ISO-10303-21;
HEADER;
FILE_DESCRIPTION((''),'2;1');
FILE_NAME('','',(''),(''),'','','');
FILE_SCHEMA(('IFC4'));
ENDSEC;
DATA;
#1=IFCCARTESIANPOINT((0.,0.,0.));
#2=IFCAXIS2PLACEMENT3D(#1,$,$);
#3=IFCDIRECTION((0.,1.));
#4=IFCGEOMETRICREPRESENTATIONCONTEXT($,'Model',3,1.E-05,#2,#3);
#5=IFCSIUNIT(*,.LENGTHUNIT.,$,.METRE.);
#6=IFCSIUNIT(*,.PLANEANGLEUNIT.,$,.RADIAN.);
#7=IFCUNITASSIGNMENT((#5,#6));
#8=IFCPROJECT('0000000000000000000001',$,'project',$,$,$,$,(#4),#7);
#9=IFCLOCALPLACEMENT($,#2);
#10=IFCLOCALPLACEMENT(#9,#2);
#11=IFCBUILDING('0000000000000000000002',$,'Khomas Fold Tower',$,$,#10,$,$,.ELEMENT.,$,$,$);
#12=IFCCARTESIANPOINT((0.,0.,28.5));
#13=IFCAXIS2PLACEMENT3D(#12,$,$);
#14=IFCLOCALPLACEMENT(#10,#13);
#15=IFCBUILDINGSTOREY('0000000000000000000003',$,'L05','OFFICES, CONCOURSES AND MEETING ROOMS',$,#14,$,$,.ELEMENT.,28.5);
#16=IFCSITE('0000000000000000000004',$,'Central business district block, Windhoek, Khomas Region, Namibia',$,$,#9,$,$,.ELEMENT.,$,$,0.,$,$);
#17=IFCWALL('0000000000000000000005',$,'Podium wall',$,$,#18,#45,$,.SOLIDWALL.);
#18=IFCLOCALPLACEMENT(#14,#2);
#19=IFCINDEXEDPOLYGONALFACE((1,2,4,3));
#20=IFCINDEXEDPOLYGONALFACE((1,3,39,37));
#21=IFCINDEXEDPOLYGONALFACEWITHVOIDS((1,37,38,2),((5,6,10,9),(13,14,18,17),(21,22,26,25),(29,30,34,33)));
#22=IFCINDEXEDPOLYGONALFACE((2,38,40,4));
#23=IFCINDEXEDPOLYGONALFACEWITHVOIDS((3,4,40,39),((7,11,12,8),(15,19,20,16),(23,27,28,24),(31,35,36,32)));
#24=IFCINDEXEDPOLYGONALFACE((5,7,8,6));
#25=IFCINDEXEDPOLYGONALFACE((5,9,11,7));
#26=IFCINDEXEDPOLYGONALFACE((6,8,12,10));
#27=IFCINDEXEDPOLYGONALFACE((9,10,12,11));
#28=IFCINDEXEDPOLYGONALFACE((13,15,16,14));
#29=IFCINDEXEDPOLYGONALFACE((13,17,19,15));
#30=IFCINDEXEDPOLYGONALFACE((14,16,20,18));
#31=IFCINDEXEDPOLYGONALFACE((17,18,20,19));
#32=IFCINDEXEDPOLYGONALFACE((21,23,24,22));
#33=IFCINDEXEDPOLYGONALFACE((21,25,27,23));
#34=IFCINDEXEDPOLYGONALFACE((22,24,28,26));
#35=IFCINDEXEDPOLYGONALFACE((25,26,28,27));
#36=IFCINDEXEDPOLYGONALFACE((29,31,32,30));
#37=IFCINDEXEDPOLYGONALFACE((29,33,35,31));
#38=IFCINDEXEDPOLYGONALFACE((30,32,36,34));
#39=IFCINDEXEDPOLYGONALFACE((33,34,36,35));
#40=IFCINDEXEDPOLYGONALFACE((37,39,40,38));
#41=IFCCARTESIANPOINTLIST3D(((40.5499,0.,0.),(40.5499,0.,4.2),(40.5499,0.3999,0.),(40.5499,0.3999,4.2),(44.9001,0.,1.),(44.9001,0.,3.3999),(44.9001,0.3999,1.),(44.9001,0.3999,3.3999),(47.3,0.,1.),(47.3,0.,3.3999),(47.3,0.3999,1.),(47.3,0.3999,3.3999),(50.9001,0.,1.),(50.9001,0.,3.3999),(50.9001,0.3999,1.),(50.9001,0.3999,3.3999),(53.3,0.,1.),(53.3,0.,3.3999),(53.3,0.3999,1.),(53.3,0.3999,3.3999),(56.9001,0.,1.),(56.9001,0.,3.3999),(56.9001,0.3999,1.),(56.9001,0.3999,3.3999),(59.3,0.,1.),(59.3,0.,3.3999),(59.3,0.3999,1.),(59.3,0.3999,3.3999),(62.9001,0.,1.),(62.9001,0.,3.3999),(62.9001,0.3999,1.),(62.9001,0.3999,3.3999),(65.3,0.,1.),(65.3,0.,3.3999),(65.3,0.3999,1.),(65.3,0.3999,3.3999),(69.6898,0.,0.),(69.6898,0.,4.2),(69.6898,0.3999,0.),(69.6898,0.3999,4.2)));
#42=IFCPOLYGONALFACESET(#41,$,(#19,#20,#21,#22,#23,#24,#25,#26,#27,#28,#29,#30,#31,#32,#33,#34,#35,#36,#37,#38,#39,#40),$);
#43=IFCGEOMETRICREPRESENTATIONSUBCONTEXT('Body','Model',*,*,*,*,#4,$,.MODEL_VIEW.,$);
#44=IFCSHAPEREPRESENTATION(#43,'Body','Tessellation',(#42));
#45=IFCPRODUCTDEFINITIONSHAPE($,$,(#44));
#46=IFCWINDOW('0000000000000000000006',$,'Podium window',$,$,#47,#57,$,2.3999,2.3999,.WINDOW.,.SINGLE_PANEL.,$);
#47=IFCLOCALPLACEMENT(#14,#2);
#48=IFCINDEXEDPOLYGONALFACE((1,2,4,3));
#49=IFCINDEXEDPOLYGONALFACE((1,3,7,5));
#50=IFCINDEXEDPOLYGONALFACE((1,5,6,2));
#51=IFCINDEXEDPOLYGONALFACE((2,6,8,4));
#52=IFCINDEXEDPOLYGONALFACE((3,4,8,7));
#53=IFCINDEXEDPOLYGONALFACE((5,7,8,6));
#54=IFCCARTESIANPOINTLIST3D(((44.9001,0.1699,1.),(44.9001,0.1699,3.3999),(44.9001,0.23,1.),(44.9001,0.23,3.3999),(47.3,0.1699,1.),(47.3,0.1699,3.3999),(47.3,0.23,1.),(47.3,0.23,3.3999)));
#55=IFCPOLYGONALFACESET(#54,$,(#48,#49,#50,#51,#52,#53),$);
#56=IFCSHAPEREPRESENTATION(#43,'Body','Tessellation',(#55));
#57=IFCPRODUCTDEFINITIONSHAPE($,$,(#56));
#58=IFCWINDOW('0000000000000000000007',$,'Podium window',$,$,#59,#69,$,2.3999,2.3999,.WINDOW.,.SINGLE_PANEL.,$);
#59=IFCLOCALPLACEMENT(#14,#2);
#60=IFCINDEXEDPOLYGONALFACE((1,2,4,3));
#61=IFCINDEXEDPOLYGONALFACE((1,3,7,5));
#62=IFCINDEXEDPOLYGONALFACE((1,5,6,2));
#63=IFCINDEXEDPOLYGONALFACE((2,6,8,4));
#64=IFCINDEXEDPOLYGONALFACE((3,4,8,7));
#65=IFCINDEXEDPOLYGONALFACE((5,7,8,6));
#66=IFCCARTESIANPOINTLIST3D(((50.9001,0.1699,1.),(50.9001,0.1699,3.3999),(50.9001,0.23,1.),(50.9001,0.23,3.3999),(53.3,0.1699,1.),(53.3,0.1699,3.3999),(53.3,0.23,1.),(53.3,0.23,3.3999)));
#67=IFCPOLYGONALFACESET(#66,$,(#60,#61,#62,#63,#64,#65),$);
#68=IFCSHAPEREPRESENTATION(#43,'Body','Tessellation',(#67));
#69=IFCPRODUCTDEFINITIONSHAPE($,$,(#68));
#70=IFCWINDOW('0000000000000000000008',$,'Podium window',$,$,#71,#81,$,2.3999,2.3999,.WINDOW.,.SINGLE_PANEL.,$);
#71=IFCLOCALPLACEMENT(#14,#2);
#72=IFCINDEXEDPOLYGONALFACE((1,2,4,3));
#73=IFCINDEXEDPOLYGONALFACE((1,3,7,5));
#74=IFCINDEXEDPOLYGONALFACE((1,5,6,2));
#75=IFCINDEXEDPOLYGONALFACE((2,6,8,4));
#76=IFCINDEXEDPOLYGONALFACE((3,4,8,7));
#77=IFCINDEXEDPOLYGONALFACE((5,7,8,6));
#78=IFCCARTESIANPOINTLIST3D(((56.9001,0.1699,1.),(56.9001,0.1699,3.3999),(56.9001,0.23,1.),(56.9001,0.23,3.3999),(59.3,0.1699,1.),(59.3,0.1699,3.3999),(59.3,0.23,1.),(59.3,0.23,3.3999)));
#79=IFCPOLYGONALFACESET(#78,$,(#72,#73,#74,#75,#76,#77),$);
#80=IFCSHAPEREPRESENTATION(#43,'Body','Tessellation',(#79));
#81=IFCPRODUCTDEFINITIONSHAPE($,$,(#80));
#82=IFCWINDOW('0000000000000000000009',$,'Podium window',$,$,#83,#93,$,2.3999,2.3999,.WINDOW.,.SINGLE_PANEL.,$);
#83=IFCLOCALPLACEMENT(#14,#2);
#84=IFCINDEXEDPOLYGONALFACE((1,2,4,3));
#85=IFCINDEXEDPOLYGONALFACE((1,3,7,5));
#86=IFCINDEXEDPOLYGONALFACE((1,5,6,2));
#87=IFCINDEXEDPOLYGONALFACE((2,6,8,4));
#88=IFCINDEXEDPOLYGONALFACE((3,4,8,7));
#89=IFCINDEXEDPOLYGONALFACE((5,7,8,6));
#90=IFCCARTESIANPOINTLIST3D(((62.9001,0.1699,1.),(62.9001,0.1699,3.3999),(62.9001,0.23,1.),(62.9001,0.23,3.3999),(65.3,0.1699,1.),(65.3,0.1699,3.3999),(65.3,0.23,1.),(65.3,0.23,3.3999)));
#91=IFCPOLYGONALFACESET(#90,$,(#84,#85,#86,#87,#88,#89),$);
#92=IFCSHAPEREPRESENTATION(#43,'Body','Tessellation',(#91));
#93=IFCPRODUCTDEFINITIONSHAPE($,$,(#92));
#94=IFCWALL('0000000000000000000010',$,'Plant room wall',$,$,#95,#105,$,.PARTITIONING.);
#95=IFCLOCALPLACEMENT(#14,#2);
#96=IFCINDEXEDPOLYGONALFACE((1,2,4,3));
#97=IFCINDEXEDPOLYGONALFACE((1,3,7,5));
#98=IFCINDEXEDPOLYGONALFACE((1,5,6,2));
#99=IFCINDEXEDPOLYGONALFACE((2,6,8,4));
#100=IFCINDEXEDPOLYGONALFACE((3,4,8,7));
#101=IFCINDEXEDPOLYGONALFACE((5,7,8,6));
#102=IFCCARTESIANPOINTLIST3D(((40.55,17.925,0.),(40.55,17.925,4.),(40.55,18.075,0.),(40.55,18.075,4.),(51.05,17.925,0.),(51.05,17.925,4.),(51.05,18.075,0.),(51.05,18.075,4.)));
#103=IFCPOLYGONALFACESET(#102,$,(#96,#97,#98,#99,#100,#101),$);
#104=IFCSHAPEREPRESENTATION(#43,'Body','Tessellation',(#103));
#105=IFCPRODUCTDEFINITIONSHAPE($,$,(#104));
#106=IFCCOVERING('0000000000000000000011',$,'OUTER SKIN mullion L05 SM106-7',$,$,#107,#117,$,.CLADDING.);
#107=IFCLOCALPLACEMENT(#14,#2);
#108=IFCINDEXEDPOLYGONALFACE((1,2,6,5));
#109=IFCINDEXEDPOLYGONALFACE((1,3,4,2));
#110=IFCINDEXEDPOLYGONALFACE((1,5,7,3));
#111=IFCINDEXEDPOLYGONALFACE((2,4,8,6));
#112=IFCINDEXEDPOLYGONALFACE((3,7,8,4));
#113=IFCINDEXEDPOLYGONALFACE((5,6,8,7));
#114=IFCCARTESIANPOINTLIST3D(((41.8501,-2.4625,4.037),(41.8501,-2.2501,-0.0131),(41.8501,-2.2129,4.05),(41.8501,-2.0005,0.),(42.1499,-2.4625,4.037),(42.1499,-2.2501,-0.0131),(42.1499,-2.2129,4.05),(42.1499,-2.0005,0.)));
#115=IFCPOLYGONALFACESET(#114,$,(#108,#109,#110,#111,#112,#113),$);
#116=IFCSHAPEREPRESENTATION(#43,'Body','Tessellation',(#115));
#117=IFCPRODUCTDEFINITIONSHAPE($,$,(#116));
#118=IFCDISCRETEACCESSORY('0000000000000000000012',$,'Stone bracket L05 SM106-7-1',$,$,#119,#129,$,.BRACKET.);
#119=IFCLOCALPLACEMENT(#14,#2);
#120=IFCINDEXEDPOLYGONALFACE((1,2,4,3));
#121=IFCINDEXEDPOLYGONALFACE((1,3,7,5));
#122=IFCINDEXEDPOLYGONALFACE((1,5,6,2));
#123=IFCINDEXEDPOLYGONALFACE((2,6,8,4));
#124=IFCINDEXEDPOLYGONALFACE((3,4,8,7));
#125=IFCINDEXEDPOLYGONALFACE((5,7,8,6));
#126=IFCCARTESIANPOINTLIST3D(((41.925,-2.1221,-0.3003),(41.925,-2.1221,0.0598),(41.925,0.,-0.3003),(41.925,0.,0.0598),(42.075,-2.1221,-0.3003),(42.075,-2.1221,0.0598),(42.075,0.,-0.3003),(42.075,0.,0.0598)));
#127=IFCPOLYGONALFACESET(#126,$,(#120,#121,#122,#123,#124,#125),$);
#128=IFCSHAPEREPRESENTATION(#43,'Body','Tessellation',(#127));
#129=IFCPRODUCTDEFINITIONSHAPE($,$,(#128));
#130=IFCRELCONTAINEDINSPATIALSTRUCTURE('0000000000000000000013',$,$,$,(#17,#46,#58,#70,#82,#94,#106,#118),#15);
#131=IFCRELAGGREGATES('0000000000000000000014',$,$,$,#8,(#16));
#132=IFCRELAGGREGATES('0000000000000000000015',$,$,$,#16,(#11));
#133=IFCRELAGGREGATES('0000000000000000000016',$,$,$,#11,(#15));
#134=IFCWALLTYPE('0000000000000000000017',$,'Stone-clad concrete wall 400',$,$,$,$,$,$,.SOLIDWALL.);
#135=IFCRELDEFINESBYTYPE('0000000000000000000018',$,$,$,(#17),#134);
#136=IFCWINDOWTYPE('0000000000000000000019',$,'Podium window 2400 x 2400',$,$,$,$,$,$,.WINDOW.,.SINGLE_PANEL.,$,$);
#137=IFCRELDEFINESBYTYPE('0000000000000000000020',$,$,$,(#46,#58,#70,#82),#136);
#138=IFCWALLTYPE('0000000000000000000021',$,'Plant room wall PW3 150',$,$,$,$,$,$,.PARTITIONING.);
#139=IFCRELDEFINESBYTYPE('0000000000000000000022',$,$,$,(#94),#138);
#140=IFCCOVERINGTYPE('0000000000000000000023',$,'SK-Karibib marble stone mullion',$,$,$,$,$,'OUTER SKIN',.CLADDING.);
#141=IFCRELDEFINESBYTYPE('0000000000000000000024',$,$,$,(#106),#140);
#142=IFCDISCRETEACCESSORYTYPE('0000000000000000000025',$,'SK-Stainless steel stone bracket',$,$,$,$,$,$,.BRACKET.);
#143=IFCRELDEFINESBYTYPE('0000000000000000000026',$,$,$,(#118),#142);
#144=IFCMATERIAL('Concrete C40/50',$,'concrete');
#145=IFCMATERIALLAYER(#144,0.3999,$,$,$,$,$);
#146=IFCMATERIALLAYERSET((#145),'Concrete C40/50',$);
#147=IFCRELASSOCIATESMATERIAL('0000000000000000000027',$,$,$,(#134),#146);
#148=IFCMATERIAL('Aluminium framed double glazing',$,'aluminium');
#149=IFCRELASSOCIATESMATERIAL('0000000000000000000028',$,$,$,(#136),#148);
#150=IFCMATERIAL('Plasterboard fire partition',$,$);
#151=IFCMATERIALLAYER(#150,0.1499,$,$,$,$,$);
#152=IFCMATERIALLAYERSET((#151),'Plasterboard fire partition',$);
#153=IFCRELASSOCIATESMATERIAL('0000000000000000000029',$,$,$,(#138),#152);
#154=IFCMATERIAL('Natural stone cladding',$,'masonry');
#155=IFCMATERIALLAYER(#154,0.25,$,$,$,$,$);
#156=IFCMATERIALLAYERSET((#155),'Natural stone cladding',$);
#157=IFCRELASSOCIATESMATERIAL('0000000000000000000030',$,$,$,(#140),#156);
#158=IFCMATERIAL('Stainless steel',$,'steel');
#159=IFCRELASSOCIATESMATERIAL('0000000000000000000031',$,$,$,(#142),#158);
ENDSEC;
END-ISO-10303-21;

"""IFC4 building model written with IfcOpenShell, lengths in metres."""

from ifc_helpers import new_model, si_unit, direction, frame, frame_2d, origin, origin_2d, place, context, subcontext, project, spatial, polyline, rectangle, outline, extrude, source, transform, mapped, material, layer, layer_set, type_object, element, fill, save


model = new_model("IFC4")

# Units and contexts
model_context = context("Model", 3, precision=1e-05, world=origin(), true_north=direction((0.0, 1.0)))
body_context = subcontext(model_context, "Body", "Model", "MODEL_VIEW")
ifc_project = project(units=[si_unit("LENGTHUNIT", "METRE"), si_unit("PLANEANGLEUNIT", "RADIAN")], contexts=[model_context])

# Site, building, storey
site_placement = place(None, origin())
site = spatial("IfcSite", under=ifc_project, at=site_placement, Name="Central business district block, Windhoek, Khomas Region, Namibia", CompositionType="ELEMENT", RefElevation=0.0)
building_placement = place(site_placement, origin())
building = spatial("IfcBuilding", under=site, at=building_placement, Name="Khomas Fold Tower", CompositionType="ELEMENT")
storey_placement = place(building_placement, frame((0.0, 0.0, 28.5)))
storey = spatial("IfcBuildingStorey", under=building, at=storey_placement, Name="L05", Description="OFFICES, CONCOURSES AND MEETING ROOMS", CompositionType="ELEMENT", Elevation=28.5)

# Shared definitions
ifc_material_1 = material(Name="Concrete C40/50", Category="concrete")
ifc_layer_1 = layer(ifc_material_1, 0.3999)
ifc_layer_set_1 = layer_set([ifc_layer_1], Name="Concrete C40/50")
wall_type_1 = type_object("IfcWallType", Name="Stone-clad concrete wall 400", PredefinedType="SOLIDWALL", material=ifc_layer_set_1)
shared_shape_1 = source(origin(), body_context, "Body", "SweptSolid", [
    extrude(rectangle(XDim=2.3999, YDim=2.3999, at=frame_2d((1.2, 1.2))), frame((0.0, 0.21, 0.0), z_axis=(0.0, -1.0, 0.0), x_axis=(1.0, 0.0, 0.0)), (0.0, 0.0, 1.0), 0.4199),
])
ifc_material_2 = material(Name="Aluminium framed double glazing", Category="aluminium")
window_type = type_object("IfcWindowType", Name="Podium window 2400 x 2400", PartitioningType="SINGLE_PANEL", PredefinedType="WINDOW", material=ifc_material_2)
shared_shape_2 = source(origin(), body_context, "Body", "SweptSolid", [
    extrude(rectangle(XDim=2.3999, YDim=2.3999, at=frame_2d((1.2, 1.2))), frame((0.0, 0.03, 0.0), z_axis=(0.0, -1.0, 0.0), x_axis=(1.0, 0.0, 0.0)), (0.0, 0.0, 1.0), 0.0601),
])

# Wall, openings, windows
shared_shape_3 = source(origin(), body_context, "Body", "SweptSolid", [
    extrude(rectangle(XDim=29.1399, YDim=0.3999, at=frame_2d((14.5698, 0.0))), origin(), (0.0, 0.0, 1.0), 4.2),
])
wall_1_placement = place(storey_placement, frame((40.55, 0.2, 0.0), z_axis=(0.0, 0.0, 1.0), x_axis=(1.0, 0.0, 0.0)))
wall_1 = element("IfcWall", 1, at=wall_1_placement, inside=storey, type_object=wall_type_1, Name="Podium wall", PredefinedType="SOLIDWALL", context=body_context, shape_type="MappedRepresentation", body=[
    mapped(shared_shape_3, transform((0.0, 0.0, 0.0))),
])
opening_1_placement = place(wall_1_placement, frame((4.3501, 0.0, 1.0)))
opening_1 = element("IfcOpeningElement", 2, at=opening_1_placement, cuts=wall_1, PredefinedType="OPENING", context=body_context, shape_type="MappedRepresentation", body=[
    mapped(shared_shape_1, transform((0.0, 0.0, 0.0))),
])
opening_2_placement = place(wall_1_placement, frame((10.3501, 0.0, 1.0)))
opening_2 = element("IfcOpeningElement", 3, at=opening_2_placement, cuts=wall_1, PredefinedType="OPENING", context=body_context, shape_type="MappedRepresentation", body=[
    mapped(shared_shape_1, transform((0.0, 0.0, 0.0))),
])
opening_3_placement = place(wall_1_placement, frame((16.3501, 0.0, 1.0)))
opening_3 = element("IfcOpeningElement", 4, at=opening_3_placement, cuts=wall_1, PredefinedType="OPENING", context=body_context, shape_type="MappedRepresentation", body=[
    mapped(shared_shape_1, transform((0.0, 0.0, 0.0))),
])
opening_4_placement = place(wall_1_placement, frame((22.3501, 0.0, 1.0)))
opening_4 = element("IfcOpeningElement", 5, at=opening_4_placement, cuts=wall_1, PredefinedType="OPENING", context=body_context, shape_type="MappedRepresentation", body=[
    mapped(shared_shape_1, transform((0.0, 0.0, 0.0))),
])
window_1_placement = place(opening_1_placement, origin())
window_1 = element("IfcWindow", 6, at=window_1_placement, inside=storey, type_object=window_type, Name="Podium window", OverallHeight=2.3999, OverallWidth=2.3999, PartitioningType="SINGLE_PANEL", PredefinedType="WINDOW", context=body_context, shape_type="MappedRepresentation", body=[
    mapped(shared_shape_2, transform((0.0, 0.0, 0.0))),
])
fill(opening_1, window_1)
window_2_placement = place(opening_2_placement, origin())
window_2 = element("IfcWindow", 7, at=window_2_placement, inside=storey, type_object=window_type, Name="Podium window", OverallHeight=2.3999, OverallWidth=2.3999, PartitioningType="SINGLE_PANEL", PredefinedType="WINDOW", context=body_context, shape_type="MappedRepresentation", body=[
    mapped(shared_shape_2, transform((0.0, 0.0, 0.0))),
])
fill(opening_2, window_2)
window_3_placement = place(opening_3_placement, origin())
window_3 = element("IfcWindow", 8, at=window_3_placement, inside=storey, type_object=window_type, Name="Podium window", OverallHeight=2.3999, OverallWidth=2.3999, PartitioningType="SINGLE_PANEL", PredefinedType="WINDOW", context=body_context, shape_type="MappedRepresentation", body=[
    mapped(shared_shape_2, transform((0.0, 0.0, 0.0))),
])
fill(opening_3, window_3)
window_4_placement = place(opening_4_placement, origin())
window_4 = element("IfcWindow", 9, at=window_4_placement, inside=storey, type_object=window_type, Name="Podium window", OverallHeight=2.3999, OverallWidth=2.3999, PartitioningType="SINGLE_PANEL", PredefinedType="WINDOW", context=body_context, shape_type="MappedRepresentation", body=[
    mapped(shared_shape_2, transform((0.0, 0.0, 0.0))),
])
fill(opening_4, window_4)

# Wall
ifc_material_3 = material(Name="Plasterboard fire partition")
ifc_layer_2 = layer(ifc_material_3, 0.1499)
ifc_layer_set_2 = layer_set([ifc_layer_2], Name="Plasterboard fire partition")
wall_type_2 = type_object("IfcWallType", Name="Plant room wall PW3 150", PredefinedType="PARTITIONING", material=ifc_layer_set_2)
shared_shape_4 = source(origin(), body_context, "Body", "SweptSolid", [
    extrude(rectangle(XDim=10.5, YDim=0.1499, at=frame_2d((5.25, 0.0))), origin(), (0.0, 0.0, 1.0), 4.0),
])
wall_2_placement = place(storey_placement, frame((40.55, 18.0, 0.0), z_axis=(0.0, 0.0, 1.0), x_axis=(1.0, 0.0, 0.0)))
element("IfcWall", 10, at=wall_2_placement, inside=storey, type_object=wall_type_2, Name="Plant room wall", PredefinedType="PARTITIONING", context=body_context, shape_type="MappedRepresentation", body=[
    mapped(shared_shape_4, transform((0.0, 0.0, 0.0))),
])

# Covering
ifc_material_4 = material(Name="Natural stone cladding", Category="masonry")
ifc_layer_3 = layer(ifc_material_4, 0.25)
ifc_layer_set_3 = layer_set([ifc_layer_3], Name="Natural stone cladding")
covering_type = type_object("IfcCoveringType", Name="SK-Karibib marble stone mullion", ElementType="OUTER SKIN", PredefinedType="CLADDING", material=ifc_layer_set_3)
covering_placement = place(storey_placement, frame((42.1499, -2.2129, 4.05), z_axis=(0.0, 0.998628, 0.052372), x_axis=(0.0, 0.052372, -0.998628)))
element("IfcCovering", 11, at=covering_placement, inside=storey, type_object=covering_type, Name="OUTER SKIN mullion L05 SM106-7", PredefinedType="CLADDING", context=body_context, shape_type="SweptSolid", body=[
    extrude(outline(polyline([(0.0, 0.0), (4.0556, 0.0), (4.0556, 0.2998), (0.0, 0.2998), (0.0, 0.0)])), origin(), (0.0, 0.0, -1.0), 0.25),
])

# Discrete accessory
ifc_material_5 = material(Name="Stainless steel", Category="steel")
discrete_accessory_type = type_object("IfcDiscreteAccessoryType", Name="SK-Stainless steel stone bracket", PredefinedType="BRACKET", material=ifc_material_5)
shared_shape_5 = source(origin(), body_context, "Body", "SweptSolid", [
    extrude(rectangle(XDim=2.1221, YDim=0.1499, at=origin_2d()), origin(), (0.0, 0.0, 1.0), 0.3601),
])
discrete_accessory_placement = place(storey_placement, frame((42.0, -1.061, -0.3003), z_axis=(0.0, 0.0, 1.0), x_axis=(0.0, -1.0, 0.0)))
element("IfcDiscreteAccessory", 12, at=discrete_accessory_placement, inside=storey, type_object=discrete_accessory_type, Name="Stone bracket L05 SM106-7-1", PredefinedType="BRACKET", context=body_context, shape_type="MappedRepresentation", body=[
    mapped(shared_shape_5, transform((0.0, 0.0, 0.0))),
])

save(model, "model.ifc")
